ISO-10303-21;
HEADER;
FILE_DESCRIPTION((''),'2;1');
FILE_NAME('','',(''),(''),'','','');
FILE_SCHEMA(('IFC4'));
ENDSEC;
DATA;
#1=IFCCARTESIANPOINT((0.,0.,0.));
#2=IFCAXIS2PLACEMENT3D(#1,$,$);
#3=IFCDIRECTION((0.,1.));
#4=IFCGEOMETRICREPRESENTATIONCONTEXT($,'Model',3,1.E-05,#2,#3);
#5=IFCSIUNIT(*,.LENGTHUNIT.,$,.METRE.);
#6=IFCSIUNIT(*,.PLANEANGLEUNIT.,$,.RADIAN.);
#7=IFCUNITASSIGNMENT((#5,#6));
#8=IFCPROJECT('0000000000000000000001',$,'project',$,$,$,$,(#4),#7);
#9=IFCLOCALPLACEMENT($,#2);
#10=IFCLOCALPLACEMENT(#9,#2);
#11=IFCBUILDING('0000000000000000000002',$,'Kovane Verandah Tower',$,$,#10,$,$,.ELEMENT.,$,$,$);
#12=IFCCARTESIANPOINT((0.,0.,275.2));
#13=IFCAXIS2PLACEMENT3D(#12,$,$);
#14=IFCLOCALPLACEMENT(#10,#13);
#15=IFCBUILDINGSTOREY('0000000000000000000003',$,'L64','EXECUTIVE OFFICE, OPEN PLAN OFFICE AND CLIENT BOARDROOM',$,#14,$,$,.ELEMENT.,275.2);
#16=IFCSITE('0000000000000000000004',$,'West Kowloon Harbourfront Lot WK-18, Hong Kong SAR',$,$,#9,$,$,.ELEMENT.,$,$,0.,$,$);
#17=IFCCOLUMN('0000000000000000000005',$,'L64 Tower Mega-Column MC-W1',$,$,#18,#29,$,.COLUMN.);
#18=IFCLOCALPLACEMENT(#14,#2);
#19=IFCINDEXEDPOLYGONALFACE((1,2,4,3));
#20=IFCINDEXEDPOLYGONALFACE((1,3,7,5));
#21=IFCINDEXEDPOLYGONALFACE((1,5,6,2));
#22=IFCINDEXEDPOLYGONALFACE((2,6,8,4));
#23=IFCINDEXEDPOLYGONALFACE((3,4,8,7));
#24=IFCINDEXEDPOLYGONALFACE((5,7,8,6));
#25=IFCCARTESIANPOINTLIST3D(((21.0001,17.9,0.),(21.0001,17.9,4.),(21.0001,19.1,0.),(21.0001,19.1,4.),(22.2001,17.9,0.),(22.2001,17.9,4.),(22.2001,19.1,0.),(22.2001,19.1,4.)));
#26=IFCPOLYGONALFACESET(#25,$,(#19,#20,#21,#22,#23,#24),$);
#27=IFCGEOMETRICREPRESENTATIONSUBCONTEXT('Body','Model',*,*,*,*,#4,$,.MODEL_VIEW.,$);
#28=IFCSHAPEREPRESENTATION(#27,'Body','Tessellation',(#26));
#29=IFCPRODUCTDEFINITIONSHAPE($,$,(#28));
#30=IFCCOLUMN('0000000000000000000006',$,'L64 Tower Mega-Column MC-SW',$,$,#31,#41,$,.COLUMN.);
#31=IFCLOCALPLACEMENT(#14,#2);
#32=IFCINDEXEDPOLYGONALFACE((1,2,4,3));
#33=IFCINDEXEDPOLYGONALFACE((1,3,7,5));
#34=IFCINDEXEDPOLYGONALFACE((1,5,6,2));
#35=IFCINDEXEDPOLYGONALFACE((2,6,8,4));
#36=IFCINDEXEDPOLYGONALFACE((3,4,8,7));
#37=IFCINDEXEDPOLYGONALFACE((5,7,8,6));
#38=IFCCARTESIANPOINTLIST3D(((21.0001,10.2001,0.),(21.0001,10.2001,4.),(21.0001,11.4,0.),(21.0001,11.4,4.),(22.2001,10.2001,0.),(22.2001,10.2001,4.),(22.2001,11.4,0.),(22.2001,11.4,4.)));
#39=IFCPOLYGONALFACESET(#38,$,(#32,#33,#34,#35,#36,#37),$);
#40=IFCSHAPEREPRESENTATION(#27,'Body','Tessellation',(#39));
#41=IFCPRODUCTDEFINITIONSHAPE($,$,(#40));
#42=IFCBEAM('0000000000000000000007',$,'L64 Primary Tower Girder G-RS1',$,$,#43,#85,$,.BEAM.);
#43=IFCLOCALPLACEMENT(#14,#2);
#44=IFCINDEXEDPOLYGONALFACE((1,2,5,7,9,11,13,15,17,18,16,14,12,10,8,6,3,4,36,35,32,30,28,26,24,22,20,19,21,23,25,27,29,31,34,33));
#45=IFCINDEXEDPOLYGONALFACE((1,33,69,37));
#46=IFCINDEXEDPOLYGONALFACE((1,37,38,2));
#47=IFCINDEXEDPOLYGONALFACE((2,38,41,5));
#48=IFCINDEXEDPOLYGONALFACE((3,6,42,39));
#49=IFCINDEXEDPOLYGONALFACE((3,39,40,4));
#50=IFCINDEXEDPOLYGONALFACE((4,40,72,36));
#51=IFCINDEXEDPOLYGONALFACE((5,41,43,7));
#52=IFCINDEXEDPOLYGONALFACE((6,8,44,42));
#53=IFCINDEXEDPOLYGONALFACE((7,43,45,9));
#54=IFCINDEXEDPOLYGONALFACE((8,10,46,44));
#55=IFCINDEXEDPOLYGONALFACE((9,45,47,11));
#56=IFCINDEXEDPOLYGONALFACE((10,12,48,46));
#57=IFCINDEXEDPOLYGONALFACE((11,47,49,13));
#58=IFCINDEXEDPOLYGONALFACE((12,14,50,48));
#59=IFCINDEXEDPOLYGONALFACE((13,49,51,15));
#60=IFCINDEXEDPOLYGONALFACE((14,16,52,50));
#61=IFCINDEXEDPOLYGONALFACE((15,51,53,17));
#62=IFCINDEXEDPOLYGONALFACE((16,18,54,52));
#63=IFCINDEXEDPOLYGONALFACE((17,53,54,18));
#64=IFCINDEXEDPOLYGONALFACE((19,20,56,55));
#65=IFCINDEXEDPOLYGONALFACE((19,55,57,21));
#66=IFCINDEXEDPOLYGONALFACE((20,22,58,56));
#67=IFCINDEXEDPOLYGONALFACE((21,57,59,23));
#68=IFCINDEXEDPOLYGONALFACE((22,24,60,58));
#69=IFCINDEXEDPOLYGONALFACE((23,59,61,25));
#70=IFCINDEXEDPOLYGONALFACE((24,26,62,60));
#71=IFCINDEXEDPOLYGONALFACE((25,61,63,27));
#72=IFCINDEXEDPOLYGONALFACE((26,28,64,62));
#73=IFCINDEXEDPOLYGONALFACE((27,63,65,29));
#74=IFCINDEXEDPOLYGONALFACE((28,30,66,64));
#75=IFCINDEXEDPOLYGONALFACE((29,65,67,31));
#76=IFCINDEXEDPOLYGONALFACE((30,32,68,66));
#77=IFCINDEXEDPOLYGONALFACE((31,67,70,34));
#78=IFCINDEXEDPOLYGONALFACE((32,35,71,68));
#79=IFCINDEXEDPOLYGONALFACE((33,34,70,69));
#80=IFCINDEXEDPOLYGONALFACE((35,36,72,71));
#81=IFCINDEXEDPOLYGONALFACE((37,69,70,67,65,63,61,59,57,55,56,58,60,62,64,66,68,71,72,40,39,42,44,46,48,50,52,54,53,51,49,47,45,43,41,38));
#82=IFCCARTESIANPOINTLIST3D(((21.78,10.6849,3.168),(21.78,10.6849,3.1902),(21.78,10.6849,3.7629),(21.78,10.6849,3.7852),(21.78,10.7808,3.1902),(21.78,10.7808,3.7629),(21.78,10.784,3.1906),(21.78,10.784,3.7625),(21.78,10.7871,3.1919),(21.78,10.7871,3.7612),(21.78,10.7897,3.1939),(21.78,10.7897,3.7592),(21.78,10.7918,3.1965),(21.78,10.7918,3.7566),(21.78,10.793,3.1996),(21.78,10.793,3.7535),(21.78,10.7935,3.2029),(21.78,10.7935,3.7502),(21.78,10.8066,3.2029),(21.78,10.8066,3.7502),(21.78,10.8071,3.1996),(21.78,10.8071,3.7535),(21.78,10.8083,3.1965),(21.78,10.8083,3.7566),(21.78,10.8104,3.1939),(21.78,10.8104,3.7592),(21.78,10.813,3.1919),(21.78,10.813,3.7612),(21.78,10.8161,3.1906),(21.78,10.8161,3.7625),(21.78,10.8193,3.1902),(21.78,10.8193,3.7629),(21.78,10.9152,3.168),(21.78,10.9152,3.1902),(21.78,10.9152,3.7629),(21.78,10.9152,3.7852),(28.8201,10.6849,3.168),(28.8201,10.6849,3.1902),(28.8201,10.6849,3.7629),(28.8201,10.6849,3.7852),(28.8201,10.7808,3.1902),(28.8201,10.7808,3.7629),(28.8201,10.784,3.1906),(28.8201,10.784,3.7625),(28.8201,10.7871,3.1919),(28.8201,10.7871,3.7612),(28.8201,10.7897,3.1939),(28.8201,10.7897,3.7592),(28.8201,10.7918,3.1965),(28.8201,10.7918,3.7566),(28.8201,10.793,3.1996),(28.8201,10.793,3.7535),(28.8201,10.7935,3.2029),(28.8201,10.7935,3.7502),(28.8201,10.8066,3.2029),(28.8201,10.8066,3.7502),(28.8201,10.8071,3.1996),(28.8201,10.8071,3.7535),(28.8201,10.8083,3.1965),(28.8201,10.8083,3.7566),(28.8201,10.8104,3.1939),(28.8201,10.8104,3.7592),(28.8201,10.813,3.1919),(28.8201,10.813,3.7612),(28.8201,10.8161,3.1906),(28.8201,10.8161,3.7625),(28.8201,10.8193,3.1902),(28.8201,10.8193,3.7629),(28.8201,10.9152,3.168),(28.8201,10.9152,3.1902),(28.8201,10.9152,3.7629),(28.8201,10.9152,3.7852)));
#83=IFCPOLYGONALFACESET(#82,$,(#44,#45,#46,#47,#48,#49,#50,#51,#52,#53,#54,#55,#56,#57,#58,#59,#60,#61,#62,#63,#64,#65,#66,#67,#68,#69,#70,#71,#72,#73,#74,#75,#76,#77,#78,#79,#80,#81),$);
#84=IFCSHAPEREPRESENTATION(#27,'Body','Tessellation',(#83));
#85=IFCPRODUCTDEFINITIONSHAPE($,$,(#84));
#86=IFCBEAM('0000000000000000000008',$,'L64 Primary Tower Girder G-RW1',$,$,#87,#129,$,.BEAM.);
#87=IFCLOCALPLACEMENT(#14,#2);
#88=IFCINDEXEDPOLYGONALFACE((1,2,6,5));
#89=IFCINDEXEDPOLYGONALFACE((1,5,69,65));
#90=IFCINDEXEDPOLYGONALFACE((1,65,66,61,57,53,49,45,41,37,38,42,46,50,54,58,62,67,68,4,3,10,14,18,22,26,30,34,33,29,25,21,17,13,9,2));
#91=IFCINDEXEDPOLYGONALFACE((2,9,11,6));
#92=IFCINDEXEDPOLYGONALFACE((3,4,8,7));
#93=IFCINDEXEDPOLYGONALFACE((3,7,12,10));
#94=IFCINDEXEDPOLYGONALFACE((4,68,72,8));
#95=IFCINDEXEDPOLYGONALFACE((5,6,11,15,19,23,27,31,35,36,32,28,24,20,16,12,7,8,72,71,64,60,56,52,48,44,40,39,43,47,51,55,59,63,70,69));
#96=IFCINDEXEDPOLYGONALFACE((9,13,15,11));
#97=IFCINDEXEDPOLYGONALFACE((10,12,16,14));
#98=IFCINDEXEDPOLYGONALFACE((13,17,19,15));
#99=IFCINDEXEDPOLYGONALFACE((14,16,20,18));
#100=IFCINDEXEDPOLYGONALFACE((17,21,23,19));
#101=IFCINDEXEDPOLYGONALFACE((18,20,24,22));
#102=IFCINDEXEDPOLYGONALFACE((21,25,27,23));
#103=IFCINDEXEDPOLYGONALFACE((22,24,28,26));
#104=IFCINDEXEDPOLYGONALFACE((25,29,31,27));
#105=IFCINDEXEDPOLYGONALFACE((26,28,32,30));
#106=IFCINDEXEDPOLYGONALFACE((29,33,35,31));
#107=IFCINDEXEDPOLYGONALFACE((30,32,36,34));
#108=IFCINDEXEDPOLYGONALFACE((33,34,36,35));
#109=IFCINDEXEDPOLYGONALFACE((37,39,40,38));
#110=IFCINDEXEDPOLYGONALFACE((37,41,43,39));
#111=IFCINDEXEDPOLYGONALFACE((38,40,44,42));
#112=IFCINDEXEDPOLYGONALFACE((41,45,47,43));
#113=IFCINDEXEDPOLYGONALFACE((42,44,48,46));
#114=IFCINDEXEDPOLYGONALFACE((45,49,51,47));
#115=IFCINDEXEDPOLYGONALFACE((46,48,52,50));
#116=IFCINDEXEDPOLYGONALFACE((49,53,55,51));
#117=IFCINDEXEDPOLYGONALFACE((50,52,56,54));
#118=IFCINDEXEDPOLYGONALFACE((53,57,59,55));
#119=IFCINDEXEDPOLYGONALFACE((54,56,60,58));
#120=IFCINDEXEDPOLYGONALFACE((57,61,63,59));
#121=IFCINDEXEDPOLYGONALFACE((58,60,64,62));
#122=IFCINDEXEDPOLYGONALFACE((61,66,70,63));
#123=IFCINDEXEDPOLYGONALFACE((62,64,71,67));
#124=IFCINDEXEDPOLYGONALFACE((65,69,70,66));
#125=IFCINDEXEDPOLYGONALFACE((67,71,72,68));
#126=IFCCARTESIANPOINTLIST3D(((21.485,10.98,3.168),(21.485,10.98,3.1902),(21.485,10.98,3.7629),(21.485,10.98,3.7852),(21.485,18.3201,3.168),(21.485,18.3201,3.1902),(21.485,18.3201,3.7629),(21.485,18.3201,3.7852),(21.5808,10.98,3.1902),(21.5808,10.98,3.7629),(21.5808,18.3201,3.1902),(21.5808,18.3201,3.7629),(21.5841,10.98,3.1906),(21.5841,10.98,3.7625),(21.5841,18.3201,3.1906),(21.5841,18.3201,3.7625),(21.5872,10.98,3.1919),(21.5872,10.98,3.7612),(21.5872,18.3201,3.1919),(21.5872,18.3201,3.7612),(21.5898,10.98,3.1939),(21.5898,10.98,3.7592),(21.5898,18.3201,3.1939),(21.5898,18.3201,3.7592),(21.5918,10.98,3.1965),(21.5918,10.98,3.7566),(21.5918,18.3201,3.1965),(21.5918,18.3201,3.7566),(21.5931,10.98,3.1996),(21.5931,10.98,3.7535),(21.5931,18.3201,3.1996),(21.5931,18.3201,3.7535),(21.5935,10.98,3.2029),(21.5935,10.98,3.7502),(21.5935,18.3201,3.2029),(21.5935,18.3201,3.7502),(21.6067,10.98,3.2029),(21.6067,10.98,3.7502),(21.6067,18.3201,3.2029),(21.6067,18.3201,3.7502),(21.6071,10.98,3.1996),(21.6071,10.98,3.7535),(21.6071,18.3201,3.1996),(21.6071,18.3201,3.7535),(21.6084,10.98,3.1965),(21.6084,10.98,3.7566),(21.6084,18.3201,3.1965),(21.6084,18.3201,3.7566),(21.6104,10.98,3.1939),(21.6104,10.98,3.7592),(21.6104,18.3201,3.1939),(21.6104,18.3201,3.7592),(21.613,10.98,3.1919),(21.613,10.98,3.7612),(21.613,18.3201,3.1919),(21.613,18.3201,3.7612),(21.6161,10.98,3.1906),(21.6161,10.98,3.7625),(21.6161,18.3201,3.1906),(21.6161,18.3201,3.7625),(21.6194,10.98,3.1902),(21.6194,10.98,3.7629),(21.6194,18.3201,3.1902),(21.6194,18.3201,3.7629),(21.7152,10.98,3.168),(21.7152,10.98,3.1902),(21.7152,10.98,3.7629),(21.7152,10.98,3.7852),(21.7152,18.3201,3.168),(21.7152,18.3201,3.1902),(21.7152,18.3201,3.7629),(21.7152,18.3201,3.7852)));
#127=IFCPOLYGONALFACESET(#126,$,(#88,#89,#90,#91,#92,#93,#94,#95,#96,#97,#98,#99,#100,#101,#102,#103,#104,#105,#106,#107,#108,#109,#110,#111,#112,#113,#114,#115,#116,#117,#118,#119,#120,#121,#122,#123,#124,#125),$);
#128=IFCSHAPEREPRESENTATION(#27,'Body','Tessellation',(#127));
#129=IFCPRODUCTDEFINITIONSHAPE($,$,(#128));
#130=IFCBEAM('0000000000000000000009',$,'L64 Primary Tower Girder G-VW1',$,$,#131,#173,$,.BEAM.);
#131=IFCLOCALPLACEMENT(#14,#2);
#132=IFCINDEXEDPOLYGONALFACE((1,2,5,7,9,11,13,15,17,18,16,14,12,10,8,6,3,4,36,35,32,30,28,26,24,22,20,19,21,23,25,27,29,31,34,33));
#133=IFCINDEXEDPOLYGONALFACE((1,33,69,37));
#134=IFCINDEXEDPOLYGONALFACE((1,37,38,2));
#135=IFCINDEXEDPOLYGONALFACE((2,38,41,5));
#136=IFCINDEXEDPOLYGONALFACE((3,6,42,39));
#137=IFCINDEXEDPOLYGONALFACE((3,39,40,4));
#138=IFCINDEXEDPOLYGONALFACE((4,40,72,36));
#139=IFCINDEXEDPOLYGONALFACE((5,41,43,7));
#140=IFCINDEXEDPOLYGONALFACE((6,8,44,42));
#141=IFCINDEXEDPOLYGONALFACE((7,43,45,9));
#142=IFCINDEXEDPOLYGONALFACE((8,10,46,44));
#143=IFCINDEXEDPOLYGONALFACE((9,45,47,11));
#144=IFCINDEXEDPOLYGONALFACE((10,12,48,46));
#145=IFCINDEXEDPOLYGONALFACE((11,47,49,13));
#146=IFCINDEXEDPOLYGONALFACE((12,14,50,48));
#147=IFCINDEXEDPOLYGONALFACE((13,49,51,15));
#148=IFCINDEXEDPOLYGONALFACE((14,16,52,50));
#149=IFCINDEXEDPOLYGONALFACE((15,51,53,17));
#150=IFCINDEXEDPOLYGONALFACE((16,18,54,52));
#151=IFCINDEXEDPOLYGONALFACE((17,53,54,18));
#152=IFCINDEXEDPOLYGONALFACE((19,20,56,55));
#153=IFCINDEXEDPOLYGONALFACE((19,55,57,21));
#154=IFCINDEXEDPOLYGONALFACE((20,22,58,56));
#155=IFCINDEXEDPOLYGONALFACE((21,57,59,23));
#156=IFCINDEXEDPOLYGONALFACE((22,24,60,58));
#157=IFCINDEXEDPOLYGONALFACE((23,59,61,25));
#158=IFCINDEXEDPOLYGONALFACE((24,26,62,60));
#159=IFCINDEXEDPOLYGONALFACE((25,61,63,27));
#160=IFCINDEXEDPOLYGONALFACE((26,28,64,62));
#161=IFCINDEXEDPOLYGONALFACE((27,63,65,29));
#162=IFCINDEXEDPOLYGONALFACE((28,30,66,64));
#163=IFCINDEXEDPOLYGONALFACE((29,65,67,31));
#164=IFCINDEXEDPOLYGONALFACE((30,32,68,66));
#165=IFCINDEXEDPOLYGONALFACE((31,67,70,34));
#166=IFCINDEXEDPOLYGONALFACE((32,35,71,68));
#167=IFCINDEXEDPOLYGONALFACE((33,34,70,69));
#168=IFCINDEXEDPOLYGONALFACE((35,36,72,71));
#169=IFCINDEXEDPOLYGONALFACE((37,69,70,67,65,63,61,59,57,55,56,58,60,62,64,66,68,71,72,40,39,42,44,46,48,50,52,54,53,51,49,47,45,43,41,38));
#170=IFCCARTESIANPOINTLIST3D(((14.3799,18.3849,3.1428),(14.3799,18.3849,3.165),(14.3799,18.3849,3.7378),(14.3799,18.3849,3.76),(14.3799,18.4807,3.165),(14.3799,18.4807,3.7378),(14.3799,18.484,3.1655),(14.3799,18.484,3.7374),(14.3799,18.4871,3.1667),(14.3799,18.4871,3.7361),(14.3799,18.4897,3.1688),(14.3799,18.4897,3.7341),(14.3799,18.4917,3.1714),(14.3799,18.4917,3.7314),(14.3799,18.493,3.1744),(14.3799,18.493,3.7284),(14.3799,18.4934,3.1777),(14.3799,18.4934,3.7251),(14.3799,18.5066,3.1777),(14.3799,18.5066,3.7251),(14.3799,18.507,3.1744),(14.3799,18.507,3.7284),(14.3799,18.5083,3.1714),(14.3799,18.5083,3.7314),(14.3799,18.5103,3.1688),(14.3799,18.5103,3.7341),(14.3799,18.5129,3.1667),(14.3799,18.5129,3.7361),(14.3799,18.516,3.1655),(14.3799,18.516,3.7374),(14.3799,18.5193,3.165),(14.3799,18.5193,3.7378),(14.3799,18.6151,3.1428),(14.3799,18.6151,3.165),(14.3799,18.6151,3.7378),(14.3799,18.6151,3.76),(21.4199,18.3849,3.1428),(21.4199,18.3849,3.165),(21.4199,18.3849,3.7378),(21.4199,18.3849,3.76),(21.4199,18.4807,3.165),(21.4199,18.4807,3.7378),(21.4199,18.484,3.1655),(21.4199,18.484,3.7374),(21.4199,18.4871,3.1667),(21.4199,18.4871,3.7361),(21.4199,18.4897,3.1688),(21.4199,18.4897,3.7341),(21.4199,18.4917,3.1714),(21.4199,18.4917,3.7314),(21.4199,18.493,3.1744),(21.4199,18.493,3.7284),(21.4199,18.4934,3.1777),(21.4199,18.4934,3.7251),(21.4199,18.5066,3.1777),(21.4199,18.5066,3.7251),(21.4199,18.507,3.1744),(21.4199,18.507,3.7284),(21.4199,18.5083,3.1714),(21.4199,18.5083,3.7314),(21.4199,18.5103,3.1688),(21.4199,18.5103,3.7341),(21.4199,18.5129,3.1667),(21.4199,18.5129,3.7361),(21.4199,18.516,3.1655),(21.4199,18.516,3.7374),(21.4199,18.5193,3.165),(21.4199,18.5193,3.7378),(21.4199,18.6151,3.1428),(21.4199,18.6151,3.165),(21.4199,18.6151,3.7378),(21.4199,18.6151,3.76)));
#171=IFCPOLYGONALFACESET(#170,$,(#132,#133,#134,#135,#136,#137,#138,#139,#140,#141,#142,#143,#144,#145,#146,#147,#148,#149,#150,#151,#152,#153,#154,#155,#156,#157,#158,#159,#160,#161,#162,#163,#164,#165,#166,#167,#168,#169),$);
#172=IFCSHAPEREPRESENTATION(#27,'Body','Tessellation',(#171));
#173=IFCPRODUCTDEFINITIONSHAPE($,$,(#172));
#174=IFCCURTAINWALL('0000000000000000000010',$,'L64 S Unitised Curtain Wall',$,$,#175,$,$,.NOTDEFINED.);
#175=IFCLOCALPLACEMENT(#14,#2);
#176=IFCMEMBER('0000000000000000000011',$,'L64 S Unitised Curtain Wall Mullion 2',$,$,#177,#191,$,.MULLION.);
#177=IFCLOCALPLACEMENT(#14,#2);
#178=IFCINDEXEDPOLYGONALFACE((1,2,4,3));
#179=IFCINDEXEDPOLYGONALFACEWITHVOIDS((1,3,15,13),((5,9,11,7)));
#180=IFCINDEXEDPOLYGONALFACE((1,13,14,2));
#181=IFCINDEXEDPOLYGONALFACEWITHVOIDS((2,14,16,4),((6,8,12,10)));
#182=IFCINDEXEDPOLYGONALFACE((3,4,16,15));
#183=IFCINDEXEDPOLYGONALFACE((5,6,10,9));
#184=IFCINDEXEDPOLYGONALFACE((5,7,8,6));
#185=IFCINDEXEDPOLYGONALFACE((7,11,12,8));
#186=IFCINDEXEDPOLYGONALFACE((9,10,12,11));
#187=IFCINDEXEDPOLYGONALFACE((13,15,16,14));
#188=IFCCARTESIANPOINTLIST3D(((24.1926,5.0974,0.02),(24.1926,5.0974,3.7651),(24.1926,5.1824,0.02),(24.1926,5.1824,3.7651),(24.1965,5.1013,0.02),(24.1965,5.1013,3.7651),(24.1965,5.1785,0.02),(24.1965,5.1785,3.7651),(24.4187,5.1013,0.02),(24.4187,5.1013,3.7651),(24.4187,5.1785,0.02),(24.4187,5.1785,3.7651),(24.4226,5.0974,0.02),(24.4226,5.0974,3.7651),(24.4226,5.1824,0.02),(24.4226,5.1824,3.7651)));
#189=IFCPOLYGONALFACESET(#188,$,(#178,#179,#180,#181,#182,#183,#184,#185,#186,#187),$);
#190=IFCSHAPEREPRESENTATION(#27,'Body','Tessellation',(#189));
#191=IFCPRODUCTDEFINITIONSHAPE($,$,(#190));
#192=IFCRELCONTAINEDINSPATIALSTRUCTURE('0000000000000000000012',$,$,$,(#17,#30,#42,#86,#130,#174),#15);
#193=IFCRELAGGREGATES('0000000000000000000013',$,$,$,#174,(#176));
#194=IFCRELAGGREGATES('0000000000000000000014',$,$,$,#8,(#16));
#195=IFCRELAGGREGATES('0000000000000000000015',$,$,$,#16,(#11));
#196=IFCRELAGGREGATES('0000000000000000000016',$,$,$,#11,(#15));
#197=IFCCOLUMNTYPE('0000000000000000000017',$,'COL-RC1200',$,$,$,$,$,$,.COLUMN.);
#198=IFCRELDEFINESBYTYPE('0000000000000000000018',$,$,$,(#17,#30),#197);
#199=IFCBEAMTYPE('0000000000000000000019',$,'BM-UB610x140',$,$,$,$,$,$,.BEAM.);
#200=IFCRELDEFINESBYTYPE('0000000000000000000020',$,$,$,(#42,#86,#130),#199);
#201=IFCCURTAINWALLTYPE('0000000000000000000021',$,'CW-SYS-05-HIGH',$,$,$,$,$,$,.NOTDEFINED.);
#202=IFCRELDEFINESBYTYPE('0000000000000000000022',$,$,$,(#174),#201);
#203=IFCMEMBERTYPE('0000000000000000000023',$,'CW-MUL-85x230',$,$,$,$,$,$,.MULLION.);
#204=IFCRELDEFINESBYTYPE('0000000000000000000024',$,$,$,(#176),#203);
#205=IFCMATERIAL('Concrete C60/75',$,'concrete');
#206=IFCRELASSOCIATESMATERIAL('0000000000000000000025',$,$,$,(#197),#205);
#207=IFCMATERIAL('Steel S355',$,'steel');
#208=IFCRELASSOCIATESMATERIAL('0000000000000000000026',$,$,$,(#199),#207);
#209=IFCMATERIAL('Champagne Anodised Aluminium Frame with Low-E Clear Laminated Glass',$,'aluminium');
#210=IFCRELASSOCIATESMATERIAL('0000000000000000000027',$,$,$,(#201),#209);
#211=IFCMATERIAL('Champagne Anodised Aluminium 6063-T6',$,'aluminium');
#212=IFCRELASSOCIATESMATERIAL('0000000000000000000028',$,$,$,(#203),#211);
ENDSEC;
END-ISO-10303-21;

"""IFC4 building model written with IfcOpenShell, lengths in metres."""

from ifc_helpers import new_model, si_unit, direction, frame, origin, origin_2d, place, context, subcontext, project, spatial, rectangle, hollow_rectangle, i_section, extrude, material, material_profile, profile_set, type_object, element, aggregate, save


model = new_model("IFC4")

# Units and contexts
model_context = context("Model", 3, precision=1e-05, world=origin(), true_north=direction((0.0, 1.0)))
body_context = subcontext(model_context, "Body", "Model", "MODEL_VIEW")
ifc_project = project(units=[si_unit("LENGTHUNIT", "METRE"), si_unit("PLANEANGLEUNIT", "RADIAN")], contexts=[model_context])

# Site, building, storey
site_placement = place(None, origin())
site = spatial("IfcSite", under=ifc_project, at=site_placement, Name="West Kowloon Harbourfront Lot WK-18, Hong Kong SAR", CompositionType="ELEMENT", RefElevation=0.0)
building_placement = place(site_placement, origin())
building = spatial("IfcBuilding", under=site, at=building_placement, Name="Kovane Verandah Tower", CompositionType="ELEMENT")
storey_placement = place(building_placement, frame((0.0, 0.0, 275.2)))
storey = spatial("IfcBuildingStorey", under=building, at=storey_placement, Name="L64", Description="EXECUTIVE OFFICE, OPEN PLAN OFFICE AND CLIENT BOARDROOM", CompositionType="ELEMENT", Elevation=275.2)

# Columns
ifc_material_1 = material(Name="Concrete C60/75", Category="concrete")
ifc_material_profile_1 = material_profile(ifc_material_1, rectangle(XDim=1.2, YDim=1.2, at=origin_2d()), Name="RC1200x1200")
ifc_profile_set_1 = profile_set([ifc_material_profile_1], Name="Concrete C60/75")
column_type = type_object("IfcColumnType", Name="COL-RC1200", PredefinedType="COLUMN", material=ifc_profile_set_1)
for number, where, z_axis, x_axis, name in (
    (1, (21.6001, 18.5, 0.0), (0.0, 0.0, 1.0), (1.0, 0.0, 0.0), "L64 Tower Mega-Column MC-W1"),
    (2, (21.6001, 10.8, 0.0), (0.0, 0.0, 1.0), (1.0, 0.0, 0.0), "L64 Tower Mega-Column MC-SW"),
):
    element("IfcColumn", number, at=place(storey_placement, frame(where, z_axis=z_axis, x_axis=x_axis)), inside=storey, type_object=column_type, Name=name, PredefinedType="COLUMN", context=body_context, shape_type="SweptSolid", body=[
        extrude(rectangle(XDim=1.2, YDim=1.2, at=origin_2d()), origin(), (0.0, 0.0, 1.0), 4.0),
    ])

# Beams
ifc_material_2 = material(Name="Steel S355", Category="steel")
ifc_material_profile_2 = material_profile(ifc_material_2, i_section(OverallWidth=0.2302, OverallDepth=0.6172, WebThickness=0.0132, FlangeThickness=0.0222, FilletRadius=0.0127, at=origin_2d()), Name="UB610x229x140")
ifc_profile_set_2 = profile_set([ifc_material_profile_2], Name="Steel S355")
beam_type_1 = type_object("IfcBeamType", Name="BM-UB610x140", PredefinedType="BEAM", material=ifc_profile_set_2)
beam_1_placement = place(storey_placement, frame((21.78, 10.8, 3.4766), z_axis=(1.0, 0.0, 0.0), x_axis=(0.0, 1.0, 0.0)))
element("IfcBeam", 3, at=beam_1_placement, inside=storey, type_object=beam_type_1, Name="L64 Primary Tower Girder G-RS1", PredefinedType="BEAM", context=body_context, shape_type="SweptSolid", body=[
    extrude(i_section(OverallWidth=0.2302, OverallDepth=0.6172, WebThickness=0.0132, FlangeThickness=0.0222, FilletRadius=0.0127, at=origin_2d()), origin(), (0.0, 0.0, 1.0), 7.04),
])
beam_2_placement = place(storey_placement, frame((21.6001, 10.98, 3.4766), z_axis=(0.0, 1.0, 0.0), x_axis=(-1.0, 0.0, 0.0)))
element("IfcBeam", 4, at=beam_2_placement, inside=storey, type_object=beam_type_1, Name="L64 Primary Tower Girder G-RW1", PredefinedType="BEAM", context=body_context, shape_type="SweptSolid", body=[
    extrude(i_section(OverallWidth=0.2302, OverallDepth=0.6172, WebThickness=0.0132, FlangeThickness=0.0222, FilletRadius=0.0127, at=origin_2d()), origin(), (0.0, 0.0, 1.0), 7.3401),
])
beam_3_placement = place(storey_placement, frame((21.4199, 18.5, 3.4514), z_axis=(-1.0, 0.0, 0.0), x_axis=(0.0, -1.0, 0.0)))
element("IfcBeam", 5, at=beam_3_placement, inside=storey, type_object=beam_type_1, Name="L64 Primary Tower Girder G-VW1", PredefinedType="BEAM", context=body_context, shape_type="SweptSolid", body=[
    extrude(i_section(OverallWidth=0.2302, OverallDepth=0.6172, WebThickness=0.0132, FlangeThickness=0.0222, FilletRadius=0.0127, at=origin_2d()), origin(), (0.0, 0.0, 1.0), 7.04),
])

# Curtain wall, member
ifc_material_3 = material(Name="Champagne Anodised Aluminium Frame with Low-E Clear Laminated Glass", Category="aluminium")
curtain_wall_type = type_object("IfcCurtainWallType", Name="CW-SYS-05-HIGH", PredefinedType="NOTDEFINED", material=ifc_material_3)
curtain_wall_placement = place(storey_placement, origin())
curtain_wall = element("IfcCurtainWall", 6, at=curtain_wall_placement, inside=storey, type_object=curtain_wall_type, Name="L64 S Unitised Curtain Wall", PredefinedType="NOTDEFINED")
ifc_material_4 = material(Name="Champagne Anodised Aluminium 6063-T6", Category="aluminium")
ifc_material_profile_3 = material_profile(ifc_material_4, hollow_rectangle(XDim=0.085, YDim=0.23, WallThickness=0.0039, at=origin_2d()), Name="AL85x230x4")
ifc_profile_set_3 = profile_set([ifc_material_profile_3], Name="Champagne Anodised Aluminium 6063-T6")
member_type_1 = type_object("IfcMemberType", Name="CW-MUL-85x230", PredefinedType="MULLION", material=ifc_profile_set_3)
member_1_placement = place(storey_placement, frame((24.3076, 5.1399, 0.02), z_axis=(0.0, 0.0, 1.0), x_axis=(0.0, -1.0, 0.0)))
member_1 = element("IfcMember", 7, at=member_1_placement, type_object=member_type_1, Name="L64 S Unitised Curtain Wall Mullion 2", PredefinedType="MULLION", context=body_context, shape_type="SweptSolid", body=[
    extrude(hollow_rectangle(XDim=0.085, YDim=0.23, WallThickness=0.0039, at=origin_2d()), origin(), (0.0, 0.0, 1.0), 3.7451),
])

aggregate(curtain_wall, [member_1])

save(model, "model.ifc")
